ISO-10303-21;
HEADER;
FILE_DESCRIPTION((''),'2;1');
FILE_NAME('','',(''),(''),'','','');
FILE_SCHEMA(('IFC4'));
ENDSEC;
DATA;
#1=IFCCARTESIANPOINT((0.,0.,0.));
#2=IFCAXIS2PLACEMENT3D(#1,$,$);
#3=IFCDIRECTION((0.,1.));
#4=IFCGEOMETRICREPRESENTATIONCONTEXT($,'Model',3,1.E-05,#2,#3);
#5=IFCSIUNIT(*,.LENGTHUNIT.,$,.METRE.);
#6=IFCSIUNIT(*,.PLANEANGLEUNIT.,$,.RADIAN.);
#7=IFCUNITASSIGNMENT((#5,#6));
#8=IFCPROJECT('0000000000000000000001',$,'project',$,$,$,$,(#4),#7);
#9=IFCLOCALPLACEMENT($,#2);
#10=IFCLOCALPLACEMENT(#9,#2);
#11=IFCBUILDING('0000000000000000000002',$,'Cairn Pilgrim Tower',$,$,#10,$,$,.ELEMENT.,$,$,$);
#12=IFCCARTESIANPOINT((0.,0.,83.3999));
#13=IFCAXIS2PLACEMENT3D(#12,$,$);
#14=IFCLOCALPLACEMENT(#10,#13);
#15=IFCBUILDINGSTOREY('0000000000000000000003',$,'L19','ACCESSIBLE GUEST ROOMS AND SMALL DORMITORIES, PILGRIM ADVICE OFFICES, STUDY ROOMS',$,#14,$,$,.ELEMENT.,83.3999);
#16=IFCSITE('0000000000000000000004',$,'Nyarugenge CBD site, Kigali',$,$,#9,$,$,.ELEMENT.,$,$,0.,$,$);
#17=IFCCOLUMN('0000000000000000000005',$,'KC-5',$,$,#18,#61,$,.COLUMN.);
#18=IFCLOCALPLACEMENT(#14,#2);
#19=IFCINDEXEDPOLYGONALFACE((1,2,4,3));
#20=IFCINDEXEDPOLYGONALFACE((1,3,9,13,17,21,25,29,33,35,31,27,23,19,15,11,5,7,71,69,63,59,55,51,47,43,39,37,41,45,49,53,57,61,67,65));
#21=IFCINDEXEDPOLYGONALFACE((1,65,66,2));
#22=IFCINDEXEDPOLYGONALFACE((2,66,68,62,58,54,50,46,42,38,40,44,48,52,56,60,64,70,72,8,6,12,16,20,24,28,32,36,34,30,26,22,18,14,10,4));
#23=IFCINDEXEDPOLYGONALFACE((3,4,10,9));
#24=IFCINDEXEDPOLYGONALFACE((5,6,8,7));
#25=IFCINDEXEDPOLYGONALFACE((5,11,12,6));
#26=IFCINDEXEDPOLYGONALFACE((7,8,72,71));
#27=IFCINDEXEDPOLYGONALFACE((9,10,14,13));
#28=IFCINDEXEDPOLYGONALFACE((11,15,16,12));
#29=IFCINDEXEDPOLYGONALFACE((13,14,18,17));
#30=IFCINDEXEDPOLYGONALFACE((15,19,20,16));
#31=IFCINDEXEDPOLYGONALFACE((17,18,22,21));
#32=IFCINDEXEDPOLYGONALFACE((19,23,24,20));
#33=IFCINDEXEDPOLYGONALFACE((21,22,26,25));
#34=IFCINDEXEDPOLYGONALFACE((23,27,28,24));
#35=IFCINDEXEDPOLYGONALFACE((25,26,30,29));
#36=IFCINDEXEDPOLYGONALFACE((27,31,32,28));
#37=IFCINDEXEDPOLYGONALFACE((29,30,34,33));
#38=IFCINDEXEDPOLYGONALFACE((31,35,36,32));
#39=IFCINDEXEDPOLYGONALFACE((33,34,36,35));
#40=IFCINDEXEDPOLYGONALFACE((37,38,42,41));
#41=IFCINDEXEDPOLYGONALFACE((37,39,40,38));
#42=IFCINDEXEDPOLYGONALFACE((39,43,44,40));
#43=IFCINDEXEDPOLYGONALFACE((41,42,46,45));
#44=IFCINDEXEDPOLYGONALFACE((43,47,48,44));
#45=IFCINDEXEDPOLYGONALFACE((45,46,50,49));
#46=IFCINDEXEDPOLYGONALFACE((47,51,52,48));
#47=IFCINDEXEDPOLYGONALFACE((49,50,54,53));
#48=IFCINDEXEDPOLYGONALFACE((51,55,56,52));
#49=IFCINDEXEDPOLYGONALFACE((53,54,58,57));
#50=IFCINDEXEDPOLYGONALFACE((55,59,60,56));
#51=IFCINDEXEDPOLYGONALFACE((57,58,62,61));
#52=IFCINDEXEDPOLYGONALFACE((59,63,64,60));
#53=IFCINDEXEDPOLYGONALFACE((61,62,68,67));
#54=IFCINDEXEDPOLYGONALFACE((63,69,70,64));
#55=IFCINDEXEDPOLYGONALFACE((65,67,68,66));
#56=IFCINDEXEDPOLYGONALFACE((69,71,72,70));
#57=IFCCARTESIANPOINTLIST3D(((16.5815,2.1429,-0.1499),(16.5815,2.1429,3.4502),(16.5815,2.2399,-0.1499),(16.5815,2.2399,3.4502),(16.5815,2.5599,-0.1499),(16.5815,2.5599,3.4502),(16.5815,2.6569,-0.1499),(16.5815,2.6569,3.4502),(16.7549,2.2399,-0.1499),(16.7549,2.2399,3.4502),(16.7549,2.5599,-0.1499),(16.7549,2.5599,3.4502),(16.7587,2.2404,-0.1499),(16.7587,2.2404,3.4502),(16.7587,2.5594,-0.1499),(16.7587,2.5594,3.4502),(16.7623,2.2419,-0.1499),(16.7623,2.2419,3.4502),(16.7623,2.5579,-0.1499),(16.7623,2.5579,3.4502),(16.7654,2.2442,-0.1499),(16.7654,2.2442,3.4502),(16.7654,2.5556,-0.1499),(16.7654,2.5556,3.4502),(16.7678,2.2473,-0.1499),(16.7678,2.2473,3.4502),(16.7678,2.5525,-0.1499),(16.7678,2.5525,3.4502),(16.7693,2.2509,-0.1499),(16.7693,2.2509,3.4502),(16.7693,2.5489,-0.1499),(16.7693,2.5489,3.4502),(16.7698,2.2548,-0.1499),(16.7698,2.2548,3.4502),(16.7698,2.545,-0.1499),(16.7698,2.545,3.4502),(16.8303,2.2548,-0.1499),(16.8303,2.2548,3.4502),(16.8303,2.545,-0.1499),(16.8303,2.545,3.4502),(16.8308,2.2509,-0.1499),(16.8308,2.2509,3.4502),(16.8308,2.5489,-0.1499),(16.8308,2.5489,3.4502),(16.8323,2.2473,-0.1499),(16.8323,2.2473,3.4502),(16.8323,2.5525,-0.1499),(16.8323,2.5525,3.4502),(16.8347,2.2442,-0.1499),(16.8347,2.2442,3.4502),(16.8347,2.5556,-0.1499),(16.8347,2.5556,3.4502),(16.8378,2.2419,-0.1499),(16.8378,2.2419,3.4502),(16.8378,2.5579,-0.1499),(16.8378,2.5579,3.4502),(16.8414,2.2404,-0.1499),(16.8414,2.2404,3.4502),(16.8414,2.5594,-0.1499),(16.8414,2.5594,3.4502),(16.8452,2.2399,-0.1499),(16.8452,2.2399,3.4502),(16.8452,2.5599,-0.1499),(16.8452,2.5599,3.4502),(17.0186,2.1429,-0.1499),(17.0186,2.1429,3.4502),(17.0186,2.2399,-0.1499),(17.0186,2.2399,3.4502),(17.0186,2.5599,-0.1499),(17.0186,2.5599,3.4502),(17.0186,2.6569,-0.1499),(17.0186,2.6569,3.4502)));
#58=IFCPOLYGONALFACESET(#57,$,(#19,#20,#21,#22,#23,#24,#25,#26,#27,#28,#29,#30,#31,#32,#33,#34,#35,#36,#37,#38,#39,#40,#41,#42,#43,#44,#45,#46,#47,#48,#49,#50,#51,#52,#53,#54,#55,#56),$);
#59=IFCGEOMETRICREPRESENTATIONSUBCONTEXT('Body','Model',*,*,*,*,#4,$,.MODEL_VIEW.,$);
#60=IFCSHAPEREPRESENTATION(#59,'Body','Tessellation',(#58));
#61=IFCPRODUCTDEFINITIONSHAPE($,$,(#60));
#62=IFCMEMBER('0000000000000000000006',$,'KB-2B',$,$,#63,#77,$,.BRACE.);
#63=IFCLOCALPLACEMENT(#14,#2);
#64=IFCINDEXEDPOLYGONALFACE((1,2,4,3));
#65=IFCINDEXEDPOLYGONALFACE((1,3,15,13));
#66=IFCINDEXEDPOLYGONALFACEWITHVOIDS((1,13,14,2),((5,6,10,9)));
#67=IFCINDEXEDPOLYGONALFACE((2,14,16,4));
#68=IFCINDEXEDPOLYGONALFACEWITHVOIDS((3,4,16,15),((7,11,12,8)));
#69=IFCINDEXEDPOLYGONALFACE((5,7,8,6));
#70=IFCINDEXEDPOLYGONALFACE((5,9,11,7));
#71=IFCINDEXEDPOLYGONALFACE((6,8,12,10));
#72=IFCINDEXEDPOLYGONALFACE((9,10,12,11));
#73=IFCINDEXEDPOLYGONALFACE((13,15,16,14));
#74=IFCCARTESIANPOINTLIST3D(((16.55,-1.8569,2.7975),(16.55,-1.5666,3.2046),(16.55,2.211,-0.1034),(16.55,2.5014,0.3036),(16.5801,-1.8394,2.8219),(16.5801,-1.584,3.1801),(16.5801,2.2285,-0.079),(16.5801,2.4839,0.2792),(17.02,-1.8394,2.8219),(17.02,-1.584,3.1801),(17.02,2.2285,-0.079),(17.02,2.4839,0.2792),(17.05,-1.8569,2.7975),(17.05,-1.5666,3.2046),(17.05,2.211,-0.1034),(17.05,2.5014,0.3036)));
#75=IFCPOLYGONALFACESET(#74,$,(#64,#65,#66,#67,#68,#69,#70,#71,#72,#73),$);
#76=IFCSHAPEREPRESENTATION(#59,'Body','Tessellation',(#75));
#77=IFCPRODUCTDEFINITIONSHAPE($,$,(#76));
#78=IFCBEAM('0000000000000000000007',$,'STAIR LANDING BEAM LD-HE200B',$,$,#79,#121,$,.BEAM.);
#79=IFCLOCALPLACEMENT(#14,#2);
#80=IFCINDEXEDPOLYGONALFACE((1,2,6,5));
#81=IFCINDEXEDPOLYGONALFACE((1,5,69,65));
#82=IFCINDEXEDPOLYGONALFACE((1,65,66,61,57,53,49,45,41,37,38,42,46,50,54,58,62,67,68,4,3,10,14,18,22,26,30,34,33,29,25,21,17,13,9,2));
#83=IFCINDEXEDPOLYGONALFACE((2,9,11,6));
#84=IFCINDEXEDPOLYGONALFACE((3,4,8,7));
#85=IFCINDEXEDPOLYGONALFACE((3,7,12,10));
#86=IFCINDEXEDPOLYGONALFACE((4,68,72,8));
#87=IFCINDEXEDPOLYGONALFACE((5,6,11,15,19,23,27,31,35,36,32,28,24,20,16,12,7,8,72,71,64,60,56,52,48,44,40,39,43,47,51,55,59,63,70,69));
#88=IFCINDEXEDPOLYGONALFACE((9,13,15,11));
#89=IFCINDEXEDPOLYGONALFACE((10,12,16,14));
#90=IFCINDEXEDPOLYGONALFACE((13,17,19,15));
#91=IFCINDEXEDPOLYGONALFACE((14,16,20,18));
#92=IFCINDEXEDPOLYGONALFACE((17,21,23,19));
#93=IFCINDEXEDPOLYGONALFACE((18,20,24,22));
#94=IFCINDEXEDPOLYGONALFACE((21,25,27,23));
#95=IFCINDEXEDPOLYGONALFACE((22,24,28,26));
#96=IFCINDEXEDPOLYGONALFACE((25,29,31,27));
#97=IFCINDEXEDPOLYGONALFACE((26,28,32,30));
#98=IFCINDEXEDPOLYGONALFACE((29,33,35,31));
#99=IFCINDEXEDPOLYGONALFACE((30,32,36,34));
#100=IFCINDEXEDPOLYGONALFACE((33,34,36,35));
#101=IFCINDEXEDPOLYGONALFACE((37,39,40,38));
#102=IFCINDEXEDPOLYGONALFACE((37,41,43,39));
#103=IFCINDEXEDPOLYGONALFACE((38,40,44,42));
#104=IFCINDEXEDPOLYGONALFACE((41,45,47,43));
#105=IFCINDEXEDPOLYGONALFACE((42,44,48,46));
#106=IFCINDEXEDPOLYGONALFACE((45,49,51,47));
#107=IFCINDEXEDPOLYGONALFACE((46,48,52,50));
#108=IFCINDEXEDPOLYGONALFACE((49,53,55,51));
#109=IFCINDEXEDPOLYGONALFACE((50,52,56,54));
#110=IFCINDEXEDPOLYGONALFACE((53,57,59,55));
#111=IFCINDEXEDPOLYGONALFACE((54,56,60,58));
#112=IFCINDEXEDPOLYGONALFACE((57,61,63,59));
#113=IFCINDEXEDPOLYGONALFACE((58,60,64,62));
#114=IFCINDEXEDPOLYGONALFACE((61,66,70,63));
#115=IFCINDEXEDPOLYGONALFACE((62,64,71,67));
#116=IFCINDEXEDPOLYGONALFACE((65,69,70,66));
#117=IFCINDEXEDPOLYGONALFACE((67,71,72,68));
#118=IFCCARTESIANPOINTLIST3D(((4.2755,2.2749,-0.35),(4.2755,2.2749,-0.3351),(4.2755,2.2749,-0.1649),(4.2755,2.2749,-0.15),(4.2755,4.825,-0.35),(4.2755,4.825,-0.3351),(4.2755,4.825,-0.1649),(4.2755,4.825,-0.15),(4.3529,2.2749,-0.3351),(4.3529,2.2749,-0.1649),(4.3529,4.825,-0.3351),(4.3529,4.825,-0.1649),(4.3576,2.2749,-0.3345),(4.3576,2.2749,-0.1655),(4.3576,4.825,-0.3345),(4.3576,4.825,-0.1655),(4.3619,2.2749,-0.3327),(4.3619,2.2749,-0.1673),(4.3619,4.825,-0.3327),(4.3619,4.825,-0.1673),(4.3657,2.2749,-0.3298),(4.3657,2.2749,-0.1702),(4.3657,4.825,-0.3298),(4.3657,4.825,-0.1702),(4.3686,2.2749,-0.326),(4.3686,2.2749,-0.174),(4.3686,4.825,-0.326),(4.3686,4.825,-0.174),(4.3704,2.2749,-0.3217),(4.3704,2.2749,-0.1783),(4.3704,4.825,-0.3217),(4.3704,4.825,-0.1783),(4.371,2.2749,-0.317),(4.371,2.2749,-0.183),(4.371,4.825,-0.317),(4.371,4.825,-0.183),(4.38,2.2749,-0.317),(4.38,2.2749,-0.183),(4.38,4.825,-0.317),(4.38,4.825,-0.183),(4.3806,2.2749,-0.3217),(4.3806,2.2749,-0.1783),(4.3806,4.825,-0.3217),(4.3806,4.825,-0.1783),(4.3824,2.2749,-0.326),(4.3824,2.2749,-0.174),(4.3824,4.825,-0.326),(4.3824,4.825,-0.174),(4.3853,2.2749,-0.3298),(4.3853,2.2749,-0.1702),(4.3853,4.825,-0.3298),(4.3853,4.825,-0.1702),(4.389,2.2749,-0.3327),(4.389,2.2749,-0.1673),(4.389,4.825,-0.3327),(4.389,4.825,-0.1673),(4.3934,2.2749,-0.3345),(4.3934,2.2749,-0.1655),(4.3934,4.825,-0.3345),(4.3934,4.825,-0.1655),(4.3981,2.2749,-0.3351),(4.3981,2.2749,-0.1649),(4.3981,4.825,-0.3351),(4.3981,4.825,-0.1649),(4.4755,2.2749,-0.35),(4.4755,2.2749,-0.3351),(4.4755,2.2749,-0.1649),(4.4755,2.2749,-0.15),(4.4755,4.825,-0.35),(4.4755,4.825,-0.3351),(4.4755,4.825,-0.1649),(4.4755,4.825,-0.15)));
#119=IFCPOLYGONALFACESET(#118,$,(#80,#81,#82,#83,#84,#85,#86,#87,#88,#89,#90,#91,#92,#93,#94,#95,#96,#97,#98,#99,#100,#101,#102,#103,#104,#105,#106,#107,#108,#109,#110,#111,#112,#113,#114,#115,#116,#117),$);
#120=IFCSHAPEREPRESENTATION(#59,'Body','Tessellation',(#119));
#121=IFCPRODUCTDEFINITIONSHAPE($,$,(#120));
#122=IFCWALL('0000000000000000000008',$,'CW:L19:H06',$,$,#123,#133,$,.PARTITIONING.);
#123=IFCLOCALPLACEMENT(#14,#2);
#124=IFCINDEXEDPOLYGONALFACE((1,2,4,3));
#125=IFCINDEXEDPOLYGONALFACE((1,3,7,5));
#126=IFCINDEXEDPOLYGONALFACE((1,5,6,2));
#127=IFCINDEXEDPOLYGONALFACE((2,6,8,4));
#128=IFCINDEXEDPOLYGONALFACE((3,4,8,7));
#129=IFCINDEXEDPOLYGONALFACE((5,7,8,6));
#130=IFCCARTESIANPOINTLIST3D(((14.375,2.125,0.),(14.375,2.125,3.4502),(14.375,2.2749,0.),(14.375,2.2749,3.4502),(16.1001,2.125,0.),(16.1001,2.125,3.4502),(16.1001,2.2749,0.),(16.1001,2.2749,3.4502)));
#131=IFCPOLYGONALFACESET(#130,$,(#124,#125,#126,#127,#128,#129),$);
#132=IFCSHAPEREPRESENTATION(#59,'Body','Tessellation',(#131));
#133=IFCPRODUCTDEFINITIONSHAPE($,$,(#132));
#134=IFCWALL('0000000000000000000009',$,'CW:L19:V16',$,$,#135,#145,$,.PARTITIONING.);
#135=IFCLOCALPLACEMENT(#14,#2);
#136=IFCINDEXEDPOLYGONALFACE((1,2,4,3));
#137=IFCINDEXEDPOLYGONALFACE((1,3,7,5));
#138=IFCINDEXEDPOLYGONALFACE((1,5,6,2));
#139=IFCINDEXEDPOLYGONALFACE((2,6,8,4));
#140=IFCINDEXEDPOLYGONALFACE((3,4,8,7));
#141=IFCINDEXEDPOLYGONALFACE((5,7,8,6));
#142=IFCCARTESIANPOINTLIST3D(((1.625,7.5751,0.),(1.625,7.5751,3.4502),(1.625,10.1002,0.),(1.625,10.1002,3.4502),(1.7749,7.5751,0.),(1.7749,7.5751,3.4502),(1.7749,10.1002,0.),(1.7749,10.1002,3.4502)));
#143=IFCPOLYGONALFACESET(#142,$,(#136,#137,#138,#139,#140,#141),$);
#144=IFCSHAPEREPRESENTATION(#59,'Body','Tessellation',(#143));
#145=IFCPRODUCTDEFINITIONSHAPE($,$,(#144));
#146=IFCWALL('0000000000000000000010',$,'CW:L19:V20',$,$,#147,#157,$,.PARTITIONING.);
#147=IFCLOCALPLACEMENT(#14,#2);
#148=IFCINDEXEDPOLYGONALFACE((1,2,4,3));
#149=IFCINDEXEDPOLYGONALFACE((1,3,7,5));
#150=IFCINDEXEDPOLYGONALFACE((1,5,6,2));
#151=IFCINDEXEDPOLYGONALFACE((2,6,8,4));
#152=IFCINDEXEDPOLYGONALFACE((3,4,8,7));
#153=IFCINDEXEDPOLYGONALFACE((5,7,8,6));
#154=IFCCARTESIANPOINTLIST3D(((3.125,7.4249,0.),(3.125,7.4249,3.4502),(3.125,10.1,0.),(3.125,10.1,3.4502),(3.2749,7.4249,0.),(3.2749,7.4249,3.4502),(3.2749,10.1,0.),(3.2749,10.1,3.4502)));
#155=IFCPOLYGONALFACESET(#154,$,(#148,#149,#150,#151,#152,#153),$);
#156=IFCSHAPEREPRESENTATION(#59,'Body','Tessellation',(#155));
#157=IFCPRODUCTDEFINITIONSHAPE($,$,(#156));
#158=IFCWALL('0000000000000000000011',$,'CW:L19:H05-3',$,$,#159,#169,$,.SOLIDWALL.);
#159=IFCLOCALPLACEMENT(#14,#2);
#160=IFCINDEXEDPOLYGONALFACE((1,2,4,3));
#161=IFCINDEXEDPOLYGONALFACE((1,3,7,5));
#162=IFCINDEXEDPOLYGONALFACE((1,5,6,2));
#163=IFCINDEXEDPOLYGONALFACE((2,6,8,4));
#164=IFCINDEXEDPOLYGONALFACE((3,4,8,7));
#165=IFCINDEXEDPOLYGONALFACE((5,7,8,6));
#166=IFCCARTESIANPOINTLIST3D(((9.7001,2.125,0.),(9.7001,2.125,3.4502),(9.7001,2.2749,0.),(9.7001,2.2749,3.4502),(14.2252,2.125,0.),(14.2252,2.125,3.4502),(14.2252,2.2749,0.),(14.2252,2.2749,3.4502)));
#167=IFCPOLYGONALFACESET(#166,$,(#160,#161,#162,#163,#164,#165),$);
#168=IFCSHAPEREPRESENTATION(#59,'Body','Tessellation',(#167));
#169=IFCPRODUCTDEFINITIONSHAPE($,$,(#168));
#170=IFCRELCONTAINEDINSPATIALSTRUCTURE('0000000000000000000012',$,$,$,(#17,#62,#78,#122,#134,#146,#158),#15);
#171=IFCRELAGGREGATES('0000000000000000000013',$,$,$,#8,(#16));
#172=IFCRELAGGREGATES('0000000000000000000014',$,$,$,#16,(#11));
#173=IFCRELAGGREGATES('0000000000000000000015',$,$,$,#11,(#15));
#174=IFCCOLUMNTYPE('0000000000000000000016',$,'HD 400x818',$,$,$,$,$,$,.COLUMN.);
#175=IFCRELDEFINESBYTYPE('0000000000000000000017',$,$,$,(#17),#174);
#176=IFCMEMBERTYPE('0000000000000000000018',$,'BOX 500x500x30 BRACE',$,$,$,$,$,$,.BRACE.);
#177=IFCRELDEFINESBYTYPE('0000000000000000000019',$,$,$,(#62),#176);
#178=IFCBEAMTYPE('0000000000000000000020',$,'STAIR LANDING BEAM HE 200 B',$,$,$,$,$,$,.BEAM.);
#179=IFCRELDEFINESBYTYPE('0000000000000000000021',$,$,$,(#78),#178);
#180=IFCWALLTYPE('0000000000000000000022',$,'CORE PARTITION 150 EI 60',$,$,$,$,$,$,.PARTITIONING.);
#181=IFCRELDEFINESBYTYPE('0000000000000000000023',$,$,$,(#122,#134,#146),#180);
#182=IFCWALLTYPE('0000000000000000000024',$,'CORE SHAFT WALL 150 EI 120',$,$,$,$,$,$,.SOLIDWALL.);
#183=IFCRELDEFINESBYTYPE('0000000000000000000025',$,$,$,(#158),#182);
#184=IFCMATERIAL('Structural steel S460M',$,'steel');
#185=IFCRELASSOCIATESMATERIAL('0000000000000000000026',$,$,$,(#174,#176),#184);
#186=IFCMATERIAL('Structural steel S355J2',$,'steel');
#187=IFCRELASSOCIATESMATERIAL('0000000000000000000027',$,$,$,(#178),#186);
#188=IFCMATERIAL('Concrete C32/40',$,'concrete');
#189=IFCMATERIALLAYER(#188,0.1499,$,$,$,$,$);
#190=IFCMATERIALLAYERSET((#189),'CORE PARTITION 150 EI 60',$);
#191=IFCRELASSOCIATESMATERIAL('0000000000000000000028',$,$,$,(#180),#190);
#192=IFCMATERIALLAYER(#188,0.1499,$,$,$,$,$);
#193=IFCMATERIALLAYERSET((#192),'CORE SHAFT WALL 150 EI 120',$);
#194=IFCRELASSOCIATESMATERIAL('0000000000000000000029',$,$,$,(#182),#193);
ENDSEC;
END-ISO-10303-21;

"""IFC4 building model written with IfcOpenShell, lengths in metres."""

from ifc_helpers import new_model, si_unit, direction, frame, frame_2d, origin, origin_2d, place, context, subcontext, project, spatial, rectangle, hollow_rectangle, i_section, extrude, material, layer, layer_set, material_profile, profile_set, type_object, element, save


model = new_model("IFC4")

# Units and contexts
model_context = context("Model", 3, precision=1e-05, world=origin(), true_north=direction((0.0, 1.0)))
body_context = subcontext(model_context, "Body", "Model", "MODEL_VIEW")
ifc_project = project(units=[si_unit("LENGTHUNIT", "METRE"), si_unit("PLANEANGLEUNIT", "RADIAN")], contexts=[model_context])

# Site, building, storey
site_placement = place(None, origin())
site = spatial("IfcSite", under=ifc_project, at=site_placement, Name="Nyarugenge CBD site, Kigali", CompositionType="ELEMENT", RefElevation=0.0)
building_placement = place(site_placement, origin())
building = spatial("IfcBuilding", under=site, at=building_placement, Name="Cairn Pilgrim Tower", CompositionType="ELEMENT")
storey_placement = place(building_placement, frame((0.0, 0.0, 83.3999)))
storey = spatial("IfcBuildingStorey", under=building, at=storey_placement, Name="L19", Description="ACCESSIBLE GUEST ROOMS AND SMALL DORMITORIES, PILGRIM ADVICE OFFICES, STUDY ROOMS", CompositionType="ELEMENT", Elevation=83.3999)

# Column
ifc_material_1 = material(Name="Structural steel S460M", Category="steel")
ifc_material_profile_1 = material_profile(ifc_material_1, i_section(OverallWidth=0.437, OverallDepth=0.5139, WebThickness=0.0605, FlangeThickness=0.0969, FilletRadius=0.0149, at=origin_2d()), Name="HD 400x818")
ifc_profile_set_1 = profile_set([ifc_material_profile_1], Name="Structural steel S460M")
column_type = type_object("IfcColumnType", Name="HD 400x818", PredefinedType="COLUMN", material=ifc_profile_set_1)
column_placement = place(storey_placement, frame((16.8, 2.3999, -0.1499), z_axis=(0.0, 0.0, 1.0), x_axis=(1.0, 0.0, 0.0)))
element("IfcColumn", 1, at=column_placement, inside=storey, type_object=column_type, Name="KC-5", PredefinedType="COLUMN", context=body_context, shape_type="SweptSolid", body=[
    extrude(i_section(OverallWidth=0.437, OverallDepth=0.5139, WebThickness=0.0605, FlangeThickness=0.0969, FilletRadius=0.0149, at=origin_2d()), origin(), (0.0, 0.0, 1.0), 3.6001),
])

# Member
ifc_material_profile_2 = material_profile(ifc_material_1, hollow_rectangle(XDim=0.5, YDim=0.5, WallThickness=0.03, at=origin_2d()), Name="BOX 500x500x30")
ifc_profile_set_2 = profile_set([ifc_material_profile_2], Name="Structural steel S460M")
member_type = type_object("IfcMemberType", Name="BOX 500x500x30 BRACE", PredefinedType="BRACE", material=ifc_profile_set_2)
member_placement = place(storey_placement, frame((16.8, 2.3562, 0.1001), z_axis=(0.0, -0.814182, 0.580609), x_axis=(1.0, 0.0, 0.0)))
element("IfcMember", 2, at=member_placement, inside=storey, type_object=member_type, Name="KB-2B", PredefinedType="BRACE", context=body_context, shape_type="SweptSolid", body=[
    extrude(hollow_rectangle(XDim=0.5, YDim=0.5, WallThickness=0.03, at=origin_2d()), origin(), (0.0, 0.0, 1.0), 4.9963),
])

# Beam
ifc_material_2 = material(Name="Structural steel S355J2", Category="steel")
ifc_material_profile_3 = material_profile(ifc_material_2, i_section(OverallWidth=0.2, OverallDepth=0.2, WebThickness=0.009, FlangeThickness=0.0149, FilletRadius=0.0181, at=origin_2d()), Name="HE 200 B")
ifc_profile_set_3 = profile_set([ifc_material_profile_3], Name="Structural steel S355J2")
beam_type = type_object("IfcBeamType", Name="STAIR LANDING BEAM HE 200 B", PredefinedType="BEAM", material=ifc_profile_set_3)
beam_placement = place(storey_placement, frame((4.3755, 2.2749, -0.25), z_axis=(0.0, 1.0, 0.0), x_axis=(-1.0, 0.0, 0.0)))
element("IfcBeam", 3, at=beam_placement, inside=storey, type_object=beam_type, Name="STAIR LANDING BEAM LD-HE200B", PredefinedType="BEAM", context=body_context, shape_type="SweptSolid", body=[
    extrude(i_section(OverallWidth=0.2, OverallDepth=0.2, WebThickness=0.009, FlangeThickness=0.0149, FilletRadius=0.0181, at=origin_2d()), origin(), (0.0, 0.0, 1.0), 2.55),
])

# Walls
ifc_material_3 = material(Name="Concrete C32/40", Category="concrete")
ifc_layer_1 = layer(ifc_material_3, 0.1499)
ifc_layer_set_1 = layer_set([ifc_layer_1], Name="CORE PARTITION 150 EI 60")
wall_type_1 = type_object("IfcWallType", Name="CORE PARTITION 150 EI 60", PredefinedType="PARTITIONING", material=ifc_layer_set_1)
wall_1_placement = place(storey_placement, frame((14.375, 2.2, 0.0), z_axis=(0.0, 0.0, 1.0), x_axis=(1.0, 0.0, 0.0)))
element("IfcWall", 4, at=wall_1_placement, inside=storey, type_object=wall_type_1, Name="CW:L19:H06", PredefinedType="PARTITIONING", context=body_context, shape_type="SweptSolid", body=[
    extrude(rectangle(XDim=1.7251, YDim=0.1499, at=frame_2d((0.8625, 0.0))), origin(), (0.0, 0.0, 1.0), 3.4502),
])
wall_2_placement = place(storey_placement, frame((1.7, 7.575, 0.0), z_axis=(0.0, 0.0, 1.0), x_axis=(0.0, 1.0, 0.0)))
element("IfcWall", 5, at=wall_2_placement, inside=storey, type_object=wall_type_1, Name="CW:L19:V16", PredefinedType="PARTITIONING", context=body_context, shape_type="SweptSolid", body=[
    extrude(rectangle(XDim=2.5251, YDim=0.1499, at=frame_2d((1.2627, 0.0))), origin(), (0.0, 0.0, 1.0), 3.4502),
])
wall_3_placement = place(storey_placement, frame((3.2, 7.425, 0.0), z_axis=(0.0, 0.0, 1.0), x_axis=(0.0, 1.0, 0.0)))
element("IfcWall", 6, at=wall_3_placement, inside=storey, type_object=wall_type_1, Name="CW:L19:V20", PredefinedType="PARTITIONING", context=body_context, shape_type="SweptSolid", body=[
    extrude(rectangle(XDim=2.675, YDim=0.1499, at=frame_2d((1.3374, 0.0))), origin(), (0.0, 0.0, 1.0), 3.4502),
])
ifc_layer_2 = layer(ifc_material_3, 0.1499)
ifc_layer_set_2 = layer_set([ifc_layer_2], Name="CORE SHAFT WALL 150 EI 120")
wall_type_2 = type_object("IfcWallType", Name="CORE SHAFT WALL 150 EI 120", PredefinedType="SOLIDWALL", material=ifc_layer_set_2)
wall_4_placement = place(storey_placement, frame((9.7, 2.2, 0.0), z_axis=(0.0, 0.0, 1.0), x_axis=(1.0, 0.0, 0.0)))
element("IfcWall", 7, at=wall_4_placement, inside=storey, type_object=wall_type_2, Name="CW:L19:H05-3", PredefinedType="SOLIDWALL", context=body_context, shape_type="SweptSolid", body=[
    extrude(rectangle(XDim=4.5251, YDim=0.1499, at=frame_2d((2.2627, 0.0))), origin(), (0.0, 0.0, 1.0), 3.4502),
])

save(model, "model.ifc")
